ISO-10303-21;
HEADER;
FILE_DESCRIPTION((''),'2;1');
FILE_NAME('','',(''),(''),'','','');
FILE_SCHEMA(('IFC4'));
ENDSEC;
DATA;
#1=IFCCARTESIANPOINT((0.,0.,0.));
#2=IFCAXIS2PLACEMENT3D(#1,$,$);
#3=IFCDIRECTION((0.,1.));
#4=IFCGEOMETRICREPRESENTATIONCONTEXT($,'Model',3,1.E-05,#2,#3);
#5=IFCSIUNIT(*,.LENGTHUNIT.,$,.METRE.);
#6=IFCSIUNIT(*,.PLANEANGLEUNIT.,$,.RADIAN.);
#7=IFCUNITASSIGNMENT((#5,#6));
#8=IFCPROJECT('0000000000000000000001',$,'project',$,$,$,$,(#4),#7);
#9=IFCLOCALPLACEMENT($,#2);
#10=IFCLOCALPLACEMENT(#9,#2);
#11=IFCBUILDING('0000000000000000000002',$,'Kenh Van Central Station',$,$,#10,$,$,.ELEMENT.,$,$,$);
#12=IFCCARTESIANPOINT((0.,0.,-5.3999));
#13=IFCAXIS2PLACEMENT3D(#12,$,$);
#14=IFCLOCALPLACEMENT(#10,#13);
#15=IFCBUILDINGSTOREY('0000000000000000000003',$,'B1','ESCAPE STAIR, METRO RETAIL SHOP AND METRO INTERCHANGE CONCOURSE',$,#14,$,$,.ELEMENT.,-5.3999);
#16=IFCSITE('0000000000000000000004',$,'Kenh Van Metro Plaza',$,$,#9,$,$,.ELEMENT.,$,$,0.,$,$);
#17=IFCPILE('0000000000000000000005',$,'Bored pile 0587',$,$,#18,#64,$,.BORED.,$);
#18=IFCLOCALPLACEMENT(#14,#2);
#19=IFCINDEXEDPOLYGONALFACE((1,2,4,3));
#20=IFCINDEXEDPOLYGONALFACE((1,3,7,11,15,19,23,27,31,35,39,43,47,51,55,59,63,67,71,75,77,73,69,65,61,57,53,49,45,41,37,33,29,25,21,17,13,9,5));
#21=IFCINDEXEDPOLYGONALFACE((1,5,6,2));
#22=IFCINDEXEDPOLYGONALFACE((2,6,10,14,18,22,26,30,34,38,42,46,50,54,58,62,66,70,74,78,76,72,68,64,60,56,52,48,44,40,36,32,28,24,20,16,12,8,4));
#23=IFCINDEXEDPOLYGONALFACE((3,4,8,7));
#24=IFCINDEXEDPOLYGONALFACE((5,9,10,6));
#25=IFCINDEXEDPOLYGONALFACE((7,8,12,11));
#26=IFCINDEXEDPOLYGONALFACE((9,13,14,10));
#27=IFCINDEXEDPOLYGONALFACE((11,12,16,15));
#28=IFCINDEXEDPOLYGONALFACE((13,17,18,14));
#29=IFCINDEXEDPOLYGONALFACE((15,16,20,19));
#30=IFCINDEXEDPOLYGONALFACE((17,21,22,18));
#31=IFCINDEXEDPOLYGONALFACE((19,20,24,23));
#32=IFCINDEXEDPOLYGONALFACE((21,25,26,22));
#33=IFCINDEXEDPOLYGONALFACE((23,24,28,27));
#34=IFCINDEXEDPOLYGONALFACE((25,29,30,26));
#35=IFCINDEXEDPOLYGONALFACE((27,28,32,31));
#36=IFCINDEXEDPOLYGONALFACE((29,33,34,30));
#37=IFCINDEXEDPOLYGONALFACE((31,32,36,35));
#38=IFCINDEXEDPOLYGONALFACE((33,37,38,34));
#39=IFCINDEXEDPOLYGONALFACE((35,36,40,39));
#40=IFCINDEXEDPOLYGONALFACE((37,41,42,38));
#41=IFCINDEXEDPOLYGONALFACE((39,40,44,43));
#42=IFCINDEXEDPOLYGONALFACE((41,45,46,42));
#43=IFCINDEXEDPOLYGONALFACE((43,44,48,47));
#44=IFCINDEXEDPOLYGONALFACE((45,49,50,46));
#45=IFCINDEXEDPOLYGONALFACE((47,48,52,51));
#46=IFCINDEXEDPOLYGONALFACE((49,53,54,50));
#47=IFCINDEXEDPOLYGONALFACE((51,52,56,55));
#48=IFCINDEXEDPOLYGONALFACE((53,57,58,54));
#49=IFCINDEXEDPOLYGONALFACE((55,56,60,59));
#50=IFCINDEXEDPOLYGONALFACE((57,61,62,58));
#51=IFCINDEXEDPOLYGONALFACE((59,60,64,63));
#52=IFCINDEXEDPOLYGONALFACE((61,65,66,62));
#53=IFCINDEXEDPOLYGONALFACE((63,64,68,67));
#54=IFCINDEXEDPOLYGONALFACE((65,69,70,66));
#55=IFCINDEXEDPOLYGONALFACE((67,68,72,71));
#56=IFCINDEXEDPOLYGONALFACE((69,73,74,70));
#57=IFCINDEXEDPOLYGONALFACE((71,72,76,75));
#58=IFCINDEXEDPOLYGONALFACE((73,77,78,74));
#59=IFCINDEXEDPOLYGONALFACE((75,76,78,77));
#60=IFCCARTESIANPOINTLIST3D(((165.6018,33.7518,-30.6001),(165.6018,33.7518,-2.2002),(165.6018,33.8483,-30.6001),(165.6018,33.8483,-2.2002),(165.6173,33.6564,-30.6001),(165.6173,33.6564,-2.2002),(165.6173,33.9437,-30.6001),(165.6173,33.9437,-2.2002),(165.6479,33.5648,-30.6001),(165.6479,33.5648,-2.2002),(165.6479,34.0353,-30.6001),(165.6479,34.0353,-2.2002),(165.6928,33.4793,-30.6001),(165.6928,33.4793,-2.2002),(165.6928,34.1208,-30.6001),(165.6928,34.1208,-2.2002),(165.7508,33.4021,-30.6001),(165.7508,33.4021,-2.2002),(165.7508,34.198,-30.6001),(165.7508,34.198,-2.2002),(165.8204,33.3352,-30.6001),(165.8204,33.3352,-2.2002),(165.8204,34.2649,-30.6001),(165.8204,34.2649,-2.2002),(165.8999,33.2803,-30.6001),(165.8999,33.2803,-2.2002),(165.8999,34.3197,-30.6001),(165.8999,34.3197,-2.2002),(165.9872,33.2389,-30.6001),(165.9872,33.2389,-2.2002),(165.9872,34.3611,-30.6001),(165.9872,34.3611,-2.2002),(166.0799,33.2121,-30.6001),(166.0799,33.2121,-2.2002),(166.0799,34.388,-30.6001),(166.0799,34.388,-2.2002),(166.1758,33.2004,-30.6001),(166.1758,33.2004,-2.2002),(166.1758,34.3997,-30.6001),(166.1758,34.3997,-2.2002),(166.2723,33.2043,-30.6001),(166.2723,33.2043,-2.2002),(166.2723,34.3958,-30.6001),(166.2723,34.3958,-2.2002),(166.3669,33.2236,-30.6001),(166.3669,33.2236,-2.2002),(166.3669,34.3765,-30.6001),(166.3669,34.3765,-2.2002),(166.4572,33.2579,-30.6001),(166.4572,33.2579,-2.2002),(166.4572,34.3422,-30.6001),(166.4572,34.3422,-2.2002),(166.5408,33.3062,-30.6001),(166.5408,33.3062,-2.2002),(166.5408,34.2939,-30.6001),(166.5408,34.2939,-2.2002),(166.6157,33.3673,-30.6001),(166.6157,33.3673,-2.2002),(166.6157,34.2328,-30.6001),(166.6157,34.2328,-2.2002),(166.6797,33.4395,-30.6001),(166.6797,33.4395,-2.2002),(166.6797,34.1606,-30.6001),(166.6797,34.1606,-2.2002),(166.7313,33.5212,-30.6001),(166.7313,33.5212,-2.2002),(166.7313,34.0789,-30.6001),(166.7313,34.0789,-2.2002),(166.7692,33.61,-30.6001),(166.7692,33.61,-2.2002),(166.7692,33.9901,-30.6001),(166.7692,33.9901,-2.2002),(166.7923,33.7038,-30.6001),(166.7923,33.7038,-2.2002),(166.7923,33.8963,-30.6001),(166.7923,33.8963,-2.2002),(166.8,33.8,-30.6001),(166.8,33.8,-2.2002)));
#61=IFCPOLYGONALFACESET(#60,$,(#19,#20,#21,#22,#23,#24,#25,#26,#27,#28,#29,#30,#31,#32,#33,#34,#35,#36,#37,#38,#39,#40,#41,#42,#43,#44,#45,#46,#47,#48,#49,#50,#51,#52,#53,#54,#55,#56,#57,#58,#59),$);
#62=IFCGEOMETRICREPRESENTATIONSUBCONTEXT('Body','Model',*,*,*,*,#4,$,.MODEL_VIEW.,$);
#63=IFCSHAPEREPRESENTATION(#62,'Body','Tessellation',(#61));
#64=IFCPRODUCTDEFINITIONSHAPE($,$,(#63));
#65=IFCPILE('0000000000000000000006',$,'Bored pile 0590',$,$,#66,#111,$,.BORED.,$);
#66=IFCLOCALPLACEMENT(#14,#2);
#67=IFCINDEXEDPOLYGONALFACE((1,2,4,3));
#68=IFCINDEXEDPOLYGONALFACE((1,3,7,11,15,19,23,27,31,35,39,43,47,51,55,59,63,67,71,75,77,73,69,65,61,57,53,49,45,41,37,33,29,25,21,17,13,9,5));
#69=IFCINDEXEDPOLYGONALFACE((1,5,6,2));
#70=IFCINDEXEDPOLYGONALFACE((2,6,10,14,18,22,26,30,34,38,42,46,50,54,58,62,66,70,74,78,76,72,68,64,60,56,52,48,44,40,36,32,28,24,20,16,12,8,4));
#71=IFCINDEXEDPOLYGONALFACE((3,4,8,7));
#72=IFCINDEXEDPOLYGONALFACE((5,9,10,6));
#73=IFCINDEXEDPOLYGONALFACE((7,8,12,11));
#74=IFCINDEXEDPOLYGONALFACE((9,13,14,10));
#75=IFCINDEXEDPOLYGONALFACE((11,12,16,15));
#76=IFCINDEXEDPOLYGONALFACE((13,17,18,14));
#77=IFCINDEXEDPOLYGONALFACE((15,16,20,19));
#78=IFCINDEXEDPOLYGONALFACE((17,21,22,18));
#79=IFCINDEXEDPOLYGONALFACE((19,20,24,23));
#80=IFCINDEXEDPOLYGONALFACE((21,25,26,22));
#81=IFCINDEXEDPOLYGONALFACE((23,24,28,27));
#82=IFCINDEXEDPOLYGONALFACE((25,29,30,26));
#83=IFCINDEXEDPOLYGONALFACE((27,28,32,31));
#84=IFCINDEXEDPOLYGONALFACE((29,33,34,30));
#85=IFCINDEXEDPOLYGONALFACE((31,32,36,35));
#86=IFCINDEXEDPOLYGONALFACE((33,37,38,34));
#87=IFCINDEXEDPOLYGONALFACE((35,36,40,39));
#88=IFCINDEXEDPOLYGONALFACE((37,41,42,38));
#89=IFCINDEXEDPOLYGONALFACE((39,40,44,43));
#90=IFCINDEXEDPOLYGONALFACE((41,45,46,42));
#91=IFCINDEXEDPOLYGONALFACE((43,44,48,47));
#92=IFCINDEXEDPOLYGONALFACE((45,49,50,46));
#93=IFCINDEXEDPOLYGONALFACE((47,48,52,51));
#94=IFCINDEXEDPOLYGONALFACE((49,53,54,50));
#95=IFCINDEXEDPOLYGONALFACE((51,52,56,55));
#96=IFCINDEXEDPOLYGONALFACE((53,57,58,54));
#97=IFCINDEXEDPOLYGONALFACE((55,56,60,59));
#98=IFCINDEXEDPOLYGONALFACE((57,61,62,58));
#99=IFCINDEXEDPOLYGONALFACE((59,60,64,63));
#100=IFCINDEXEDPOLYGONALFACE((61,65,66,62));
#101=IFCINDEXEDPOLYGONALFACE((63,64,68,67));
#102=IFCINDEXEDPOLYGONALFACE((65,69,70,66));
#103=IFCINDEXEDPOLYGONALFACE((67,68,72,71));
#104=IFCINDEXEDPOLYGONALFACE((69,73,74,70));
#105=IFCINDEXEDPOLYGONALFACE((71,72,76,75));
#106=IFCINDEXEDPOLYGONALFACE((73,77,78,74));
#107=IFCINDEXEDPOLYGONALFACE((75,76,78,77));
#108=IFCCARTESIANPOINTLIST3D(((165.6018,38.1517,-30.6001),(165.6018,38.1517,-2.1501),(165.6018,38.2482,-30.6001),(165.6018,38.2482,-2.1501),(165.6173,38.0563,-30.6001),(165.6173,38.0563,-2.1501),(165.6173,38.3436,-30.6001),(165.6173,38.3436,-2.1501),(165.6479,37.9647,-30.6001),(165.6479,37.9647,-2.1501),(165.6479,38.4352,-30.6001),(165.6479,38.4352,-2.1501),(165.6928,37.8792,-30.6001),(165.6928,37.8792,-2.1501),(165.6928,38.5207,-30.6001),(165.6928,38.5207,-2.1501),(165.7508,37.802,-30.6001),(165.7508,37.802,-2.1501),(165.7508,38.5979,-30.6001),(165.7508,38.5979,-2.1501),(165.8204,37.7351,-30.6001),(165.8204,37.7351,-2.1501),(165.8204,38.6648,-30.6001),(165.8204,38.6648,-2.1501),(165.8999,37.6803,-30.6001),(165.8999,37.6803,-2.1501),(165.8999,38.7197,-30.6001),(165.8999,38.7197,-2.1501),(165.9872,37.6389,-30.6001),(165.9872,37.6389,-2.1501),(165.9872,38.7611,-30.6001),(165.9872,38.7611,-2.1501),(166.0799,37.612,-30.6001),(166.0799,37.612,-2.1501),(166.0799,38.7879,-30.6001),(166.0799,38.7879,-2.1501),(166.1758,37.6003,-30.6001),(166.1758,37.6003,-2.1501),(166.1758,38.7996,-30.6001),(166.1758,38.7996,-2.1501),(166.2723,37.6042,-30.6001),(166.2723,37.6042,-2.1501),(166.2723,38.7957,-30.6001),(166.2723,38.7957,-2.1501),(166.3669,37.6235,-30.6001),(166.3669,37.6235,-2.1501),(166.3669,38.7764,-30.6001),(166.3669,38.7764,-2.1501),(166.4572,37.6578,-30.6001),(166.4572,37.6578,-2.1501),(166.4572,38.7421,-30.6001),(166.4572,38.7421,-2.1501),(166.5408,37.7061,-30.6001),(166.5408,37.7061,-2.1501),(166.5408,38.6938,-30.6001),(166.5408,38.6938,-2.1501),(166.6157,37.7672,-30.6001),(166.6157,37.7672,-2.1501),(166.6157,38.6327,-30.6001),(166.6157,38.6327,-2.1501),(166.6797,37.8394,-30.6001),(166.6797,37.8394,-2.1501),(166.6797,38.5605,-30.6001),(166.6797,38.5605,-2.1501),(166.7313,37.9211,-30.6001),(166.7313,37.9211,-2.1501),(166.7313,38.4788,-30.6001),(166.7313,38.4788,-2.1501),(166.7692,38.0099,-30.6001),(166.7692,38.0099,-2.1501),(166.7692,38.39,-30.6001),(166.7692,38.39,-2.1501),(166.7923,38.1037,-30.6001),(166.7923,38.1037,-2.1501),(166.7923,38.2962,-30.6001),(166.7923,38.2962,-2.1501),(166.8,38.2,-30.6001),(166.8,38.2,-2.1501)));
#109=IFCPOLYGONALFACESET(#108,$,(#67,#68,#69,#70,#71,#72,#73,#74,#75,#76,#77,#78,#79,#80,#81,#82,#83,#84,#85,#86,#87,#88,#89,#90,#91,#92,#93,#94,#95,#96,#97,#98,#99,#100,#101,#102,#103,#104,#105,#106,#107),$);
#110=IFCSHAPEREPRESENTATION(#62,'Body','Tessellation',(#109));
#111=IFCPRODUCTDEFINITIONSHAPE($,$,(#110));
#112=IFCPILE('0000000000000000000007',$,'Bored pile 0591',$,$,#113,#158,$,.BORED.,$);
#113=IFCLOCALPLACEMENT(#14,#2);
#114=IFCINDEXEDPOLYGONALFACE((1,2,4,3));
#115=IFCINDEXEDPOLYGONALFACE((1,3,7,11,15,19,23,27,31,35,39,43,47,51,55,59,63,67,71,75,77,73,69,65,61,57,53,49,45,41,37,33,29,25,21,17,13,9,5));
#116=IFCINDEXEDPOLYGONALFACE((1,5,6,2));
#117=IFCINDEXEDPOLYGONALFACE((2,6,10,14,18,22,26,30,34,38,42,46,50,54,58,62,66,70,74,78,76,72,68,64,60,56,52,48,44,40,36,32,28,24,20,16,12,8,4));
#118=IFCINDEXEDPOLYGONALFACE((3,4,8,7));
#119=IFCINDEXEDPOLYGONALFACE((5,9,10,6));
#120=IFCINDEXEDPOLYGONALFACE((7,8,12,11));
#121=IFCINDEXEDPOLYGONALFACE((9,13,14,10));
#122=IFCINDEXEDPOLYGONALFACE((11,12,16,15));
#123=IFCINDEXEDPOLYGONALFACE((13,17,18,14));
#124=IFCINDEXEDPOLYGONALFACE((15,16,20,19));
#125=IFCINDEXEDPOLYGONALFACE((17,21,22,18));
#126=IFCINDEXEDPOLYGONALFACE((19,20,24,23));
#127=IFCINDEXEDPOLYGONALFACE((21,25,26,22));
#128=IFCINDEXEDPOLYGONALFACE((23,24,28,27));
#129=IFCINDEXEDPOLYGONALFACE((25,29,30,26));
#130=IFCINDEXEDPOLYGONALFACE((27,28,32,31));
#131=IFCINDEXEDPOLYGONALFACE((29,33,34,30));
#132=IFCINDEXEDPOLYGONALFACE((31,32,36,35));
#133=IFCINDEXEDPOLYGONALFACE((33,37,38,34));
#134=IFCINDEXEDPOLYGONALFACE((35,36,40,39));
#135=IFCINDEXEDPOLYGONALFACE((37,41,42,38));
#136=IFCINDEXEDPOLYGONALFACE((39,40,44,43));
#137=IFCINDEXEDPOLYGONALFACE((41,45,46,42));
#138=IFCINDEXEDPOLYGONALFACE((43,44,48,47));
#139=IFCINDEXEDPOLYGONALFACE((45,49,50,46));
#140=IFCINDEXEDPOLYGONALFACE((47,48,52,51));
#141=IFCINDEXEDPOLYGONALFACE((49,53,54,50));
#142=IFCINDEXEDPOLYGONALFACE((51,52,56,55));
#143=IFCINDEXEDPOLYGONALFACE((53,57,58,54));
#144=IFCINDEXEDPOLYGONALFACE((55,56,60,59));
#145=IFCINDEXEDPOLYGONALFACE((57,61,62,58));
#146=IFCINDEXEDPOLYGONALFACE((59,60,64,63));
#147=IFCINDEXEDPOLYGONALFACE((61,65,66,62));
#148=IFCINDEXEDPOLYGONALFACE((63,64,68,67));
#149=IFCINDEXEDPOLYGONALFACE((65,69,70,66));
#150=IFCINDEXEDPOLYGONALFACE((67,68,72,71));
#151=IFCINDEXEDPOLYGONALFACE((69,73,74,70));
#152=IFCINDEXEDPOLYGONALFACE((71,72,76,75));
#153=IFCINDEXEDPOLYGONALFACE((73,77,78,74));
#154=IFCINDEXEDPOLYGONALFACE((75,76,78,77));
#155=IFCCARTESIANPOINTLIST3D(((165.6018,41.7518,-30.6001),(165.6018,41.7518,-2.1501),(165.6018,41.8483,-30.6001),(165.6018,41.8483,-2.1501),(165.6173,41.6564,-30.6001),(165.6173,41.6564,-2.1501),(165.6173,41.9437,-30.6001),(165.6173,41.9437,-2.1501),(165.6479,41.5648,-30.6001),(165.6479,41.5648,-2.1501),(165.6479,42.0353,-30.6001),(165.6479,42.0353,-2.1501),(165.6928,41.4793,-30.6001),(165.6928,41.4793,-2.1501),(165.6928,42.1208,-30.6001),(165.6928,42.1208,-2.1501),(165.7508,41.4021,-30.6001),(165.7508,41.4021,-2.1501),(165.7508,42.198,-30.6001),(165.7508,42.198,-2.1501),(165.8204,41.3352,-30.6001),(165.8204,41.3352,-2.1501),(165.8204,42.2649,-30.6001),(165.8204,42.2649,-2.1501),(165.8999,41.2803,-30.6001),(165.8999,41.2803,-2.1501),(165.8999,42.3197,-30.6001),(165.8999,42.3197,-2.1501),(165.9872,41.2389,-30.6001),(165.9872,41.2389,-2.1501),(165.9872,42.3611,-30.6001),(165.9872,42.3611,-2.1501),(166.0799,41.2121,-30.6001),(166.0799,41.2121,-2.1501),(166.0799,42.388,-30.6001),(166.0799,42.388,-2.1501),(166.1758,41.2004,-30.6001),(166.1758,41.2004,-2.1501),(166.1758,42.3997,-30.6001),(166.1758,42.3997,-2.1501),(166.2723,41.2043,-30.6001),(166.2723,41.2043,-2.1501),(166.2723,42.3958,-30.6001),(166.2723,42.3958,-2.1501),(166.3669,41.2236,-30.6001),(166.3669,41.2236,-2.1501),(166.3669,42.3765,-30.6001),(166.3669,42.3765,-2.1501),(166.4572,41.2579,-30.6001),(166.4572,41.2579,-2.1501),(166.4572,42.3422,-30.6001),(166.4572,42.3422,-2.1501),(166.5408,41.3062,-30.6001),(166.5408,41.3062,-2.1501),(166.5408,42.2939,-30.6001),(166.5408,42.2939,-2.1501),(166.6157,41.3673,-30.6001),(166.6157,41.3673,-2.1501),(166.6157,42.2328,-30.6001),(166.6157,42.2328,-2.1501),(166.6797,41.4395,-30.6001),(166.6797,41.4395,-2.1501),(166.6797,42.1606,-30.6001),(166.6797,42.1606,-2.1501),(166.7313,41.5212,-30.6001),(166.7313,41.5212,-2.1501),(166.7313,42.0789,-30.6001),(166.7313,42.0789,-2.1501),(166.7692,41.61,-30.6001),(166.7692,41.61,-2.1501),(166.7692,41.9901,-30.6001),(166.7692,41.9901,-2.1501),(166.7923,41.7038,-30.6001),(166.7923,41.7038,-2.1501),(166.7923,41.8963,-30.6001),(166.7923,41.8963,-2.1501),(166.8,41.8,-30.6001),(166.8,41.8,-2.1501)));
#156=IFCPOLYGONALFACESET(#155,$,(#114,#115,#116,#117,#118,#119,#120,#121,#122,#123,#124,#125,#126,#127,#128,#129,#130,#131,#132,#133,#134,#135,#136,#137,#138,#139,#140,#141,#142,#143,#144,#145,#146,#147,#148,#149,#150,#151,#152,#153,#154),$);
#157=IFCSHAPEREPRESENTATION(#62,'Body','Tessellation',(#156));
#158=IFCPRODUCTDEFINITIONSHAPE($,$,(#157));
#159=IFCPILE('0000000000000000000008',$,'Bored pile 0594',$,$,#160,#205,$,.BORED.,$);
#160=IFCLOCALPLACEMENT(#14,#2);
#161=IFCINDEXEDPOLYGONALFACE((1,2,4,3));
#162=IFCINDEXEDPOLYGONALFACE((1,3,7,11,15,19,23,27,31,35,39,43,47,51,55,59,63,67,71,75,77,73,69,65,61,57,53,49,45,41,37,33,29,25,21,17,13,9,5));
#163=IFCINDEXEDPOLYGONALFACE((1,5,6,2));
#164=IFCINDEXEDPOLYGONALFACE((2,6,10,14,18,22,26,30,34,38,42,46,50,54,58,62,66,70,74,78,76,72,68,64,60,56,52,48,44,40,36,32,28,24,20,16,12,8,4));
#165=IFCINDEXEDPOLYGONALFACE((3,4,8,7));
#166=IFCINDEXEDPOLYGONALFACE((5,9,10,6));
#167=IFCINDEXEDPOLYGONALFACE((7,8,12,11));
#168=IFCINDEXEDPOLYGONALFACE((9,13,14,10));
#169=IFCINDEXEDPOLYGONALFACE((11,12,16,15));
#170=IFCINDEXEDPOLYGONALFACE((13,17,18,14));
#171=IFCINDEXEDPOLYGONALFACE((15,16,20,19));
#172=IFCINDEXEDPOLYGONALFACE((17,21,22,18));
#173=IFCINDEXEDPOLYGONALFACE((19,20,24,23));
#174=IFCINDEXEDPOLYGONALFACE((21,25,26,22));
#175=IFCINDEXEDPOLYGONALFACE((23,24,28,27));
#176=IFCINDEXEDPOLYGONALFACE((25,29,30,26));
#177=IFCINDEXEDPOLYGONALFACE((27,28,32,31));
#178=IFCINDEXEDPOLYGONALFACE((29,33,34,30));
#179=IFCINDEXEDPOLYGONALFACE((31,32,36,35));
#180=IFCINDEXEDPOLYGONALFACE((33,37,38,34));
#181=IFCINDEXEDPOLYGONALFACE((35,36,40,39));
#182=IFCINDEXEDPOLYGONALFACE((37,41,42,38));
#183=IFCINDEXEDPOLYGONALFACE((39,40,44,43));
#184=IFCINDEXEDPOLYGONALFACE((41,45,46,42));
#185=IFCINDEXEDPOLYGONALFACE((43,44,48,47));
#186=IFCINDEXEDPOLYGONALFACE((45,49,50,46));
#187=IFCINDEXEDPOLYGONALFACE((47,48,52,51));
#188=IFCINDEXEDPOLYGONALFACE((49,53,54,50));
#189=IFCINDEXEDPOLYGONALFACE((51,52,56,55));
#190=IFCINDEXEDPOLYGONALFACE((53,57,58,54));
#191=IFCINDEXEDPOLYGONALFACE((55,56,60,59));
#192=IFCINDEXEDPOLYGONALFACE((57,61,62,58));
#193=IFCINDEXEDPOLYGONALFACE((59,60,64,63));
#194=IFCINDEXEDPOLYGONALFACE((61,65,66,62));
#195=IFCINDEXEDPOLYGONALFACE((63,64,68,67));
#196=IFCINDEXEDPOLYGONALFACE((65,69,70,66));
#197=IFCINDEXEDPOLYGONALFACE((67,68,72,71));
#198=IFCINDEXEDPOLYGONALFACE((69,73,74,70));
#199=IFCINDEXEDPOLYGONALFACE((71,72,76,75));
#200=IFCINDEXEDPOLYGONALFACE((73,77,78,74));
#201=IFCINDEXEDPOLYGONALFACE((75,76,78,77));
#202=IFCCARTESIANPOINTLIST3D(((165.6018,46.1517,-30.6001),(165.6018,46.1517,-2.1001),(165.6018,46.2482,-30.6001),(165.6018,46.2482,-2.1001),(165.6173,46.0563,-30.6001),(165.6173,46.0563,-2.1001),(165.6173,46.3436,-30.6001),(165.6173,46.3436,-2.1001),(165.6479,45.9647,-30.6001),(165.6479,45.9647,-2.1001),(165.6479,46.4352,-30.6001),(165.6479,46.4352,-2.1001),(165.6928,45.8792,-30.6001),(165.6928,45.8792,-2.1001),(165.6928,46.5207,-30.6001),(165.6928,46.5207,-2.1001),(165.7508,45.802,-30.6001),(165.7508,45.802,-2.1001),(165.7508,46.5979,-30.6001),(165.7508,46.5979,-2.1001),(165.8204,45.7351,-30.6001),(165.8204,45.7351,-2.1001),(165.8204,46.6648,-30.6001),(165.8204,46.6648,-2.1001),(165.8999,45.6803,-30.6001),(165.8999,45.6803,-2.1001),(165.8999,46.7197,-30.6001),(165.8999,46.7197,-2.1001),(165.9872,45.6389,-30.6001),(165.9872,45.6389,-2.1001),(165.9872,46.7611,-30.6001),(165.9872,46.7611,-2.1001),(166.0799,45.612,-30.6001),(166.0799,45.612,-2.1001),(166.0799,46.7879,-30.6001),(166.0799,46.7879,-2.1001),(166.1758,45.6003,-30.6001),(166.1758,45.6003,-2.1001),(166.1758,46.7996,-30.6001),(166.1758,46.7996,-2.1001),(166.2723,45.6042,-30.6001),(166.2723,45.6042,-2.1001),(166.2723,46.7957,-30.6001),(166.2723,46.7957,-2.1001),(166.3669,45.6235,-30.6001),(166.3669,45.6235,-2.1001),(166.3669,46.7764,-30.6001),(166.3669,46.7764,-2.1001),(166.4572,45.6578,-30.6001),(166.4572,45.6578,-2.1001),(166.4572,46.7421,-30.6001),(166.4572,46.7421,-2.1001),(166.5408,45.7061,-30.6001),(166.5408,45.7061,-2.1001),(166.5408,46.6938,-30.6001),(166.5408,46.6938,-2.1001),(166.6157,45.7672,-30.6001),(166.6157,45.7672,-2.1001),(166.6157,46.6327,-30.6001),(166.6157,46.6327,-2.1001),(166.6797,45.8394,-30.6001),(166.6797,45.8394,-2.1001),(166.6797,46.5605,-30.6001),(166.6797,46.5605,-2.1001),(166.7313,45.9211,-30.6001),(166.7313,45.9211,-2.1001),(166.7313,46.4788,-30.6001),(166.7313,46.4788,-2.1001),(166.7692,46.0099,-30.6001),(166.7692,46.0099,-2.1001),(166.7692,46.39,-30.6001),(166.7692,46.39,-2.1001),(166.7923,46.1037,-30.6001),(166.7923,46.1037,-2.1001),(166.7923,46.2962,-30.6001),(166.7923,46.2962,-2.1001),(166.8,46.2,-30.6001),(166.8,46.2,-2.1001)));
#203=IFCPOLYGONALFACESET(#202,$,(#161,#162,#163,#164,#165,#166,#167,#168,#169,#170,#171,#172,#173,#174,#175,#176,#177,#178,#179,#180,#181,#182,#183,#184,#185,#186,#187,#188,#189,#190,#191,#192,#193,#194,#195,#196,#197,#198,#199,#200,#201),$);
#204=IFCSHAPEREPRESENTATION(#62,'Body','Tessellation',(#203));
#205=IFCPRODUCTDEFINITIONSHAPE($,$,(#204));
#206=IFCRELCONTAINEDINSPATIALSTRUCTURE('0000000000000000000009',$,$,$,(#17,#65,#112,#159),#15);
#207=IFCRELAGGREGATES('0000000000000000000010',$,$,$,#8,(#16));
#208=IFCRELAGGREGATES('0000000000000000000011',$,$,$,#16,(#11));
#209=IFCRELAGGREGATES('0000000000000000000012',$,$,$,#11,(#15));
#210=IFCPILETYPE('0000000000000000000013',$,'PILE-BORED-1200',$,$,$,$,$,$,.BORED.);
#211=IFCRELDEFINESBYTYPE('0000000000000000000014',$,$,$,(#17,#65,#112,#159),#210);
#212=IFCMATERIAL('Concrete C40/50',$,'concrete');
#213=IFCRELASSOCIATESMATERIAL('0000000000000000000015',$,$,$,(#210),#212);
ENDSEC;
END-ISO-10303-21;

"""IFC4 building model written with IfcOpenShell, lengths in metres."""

from ifc_helpers import new_model, si_unit, direction, frame, origin, origin_2d, place, context, subcontext, project, spatial, circle, extrude, material, material_profile, profile_set, type_object, element, save


model = new_model("IFC4")

# Units and contexts
model_context = context("Model", 3, precision=1e-05, world=origin(), true_north=direction((0.0, 1.0)))
body_context = subcontext(model_context, "Body", "Model", "MODEL_VIEW")
ifc_project = project(units=[si_unit("LENGTHUNIT", "METRE"), si_unit("PLANEANGLEUNIT", "RADIAN")], contexts=[model_context])

# Site, building, storey
site_placement = place(None, origin())
site = spatial("IfcSite", under=ifc_project, at=site_placement, Name="Kenh Van Metro Plaza", CompositionType="ELEMENT", RefElevation=0.0)
building_placement = place(site_placement, origin())
building = spatial("IfcBuilding", under=site, at=building_placement, Name="Kenh Van Central Station", CompositionType="ELEMENT")
storey_placement = place(building_placement, frame((0.0, 0.0, -5.3999)))
storey = spatial("IfcBuildingStorey", under=building, at=storey_placement, Name="B1", Description="ESCAPE STAIR, METRO RETAIL SHOP AND METRO INTERCHANGE CONCOURSE", CompositionType="ELEMENT", Elevation=-5.3999)

# Shared definitions
ifc_material_1 = material(Name="Concrete C40/50", Category="concrete")

# Piles
ifc_material_profile_1 = material_profile(ifc_material_1, circle(Radius=0.6001, at=origin_2d()), Name="PILE D1200")
ifc_profile_set_1 = profile_set([ifc_material_profile_1], Name="Concrete C40/50")
pile_type = type_object("IfcPileType", Name="PILE-BORED-1200", PredefinedType="BORED", material=ifc_profile_set_1)
for number, where, z_axis, x_axis, name in (
    (1, (166.2, 33.8, -2.2002), (0.0, 0.0, -1.0), (1.0, 0.0, 0.0), "Bored pile 0587"),
):
    element("IfcPile", number, at=place(storey_placement, frame(where, z_axis=z_axis, x_axis=x_axis)), inside=storey, type_object=pile_type, Name=name, PredefinedType="BORED", context=body_context, shape_type="SweptSolid", body=[
        extrude(circle(Radius=0.6001, at=origin_2d()), origin(), (0.0, 0.0, 1.0), 28.3999),
    ])
for number, where, z_axis, x_axis, name in (
    (2, (166.2, 38.2, -2.1501), (0.0, 0.0, -1.0), (1.0, 0.0, 0.0), "Bored pile 0590"),
    (3, (166.2, 41.8, -2.1501), (0.0, 0.0, -1.0), (1.0, 0.0, 0.0), "Bored pile 0591"),
):
    element("IfcPile", number, at=place(storey_placement, frame(where, z_axis=z_axis, x_axis=x_axis)), inside=storey, type_object=pile_type, Name=name, PredefinedType="BORED", context=body_context, shape_type="SweptSolid", body=[
        extrude(circle(Radius=0.6001, at=origin_2d()), origin(), (0.0, 0.0, 1.0), 28.45),
    ])
pile_1_placement = place(storey_placement, frame((166.2, 46.2, -2.1001), z_axis=(0.0, 0.0, -1.0), x_axis=(1.0, 0.0, 0.0)))
element("IfcPile", 4, at=pile_1_placement, inside=storey, type_object=pile_type, Name="Bored pile 0594", PredefinedType="BORED", context=body_context, shape_type="SweptSolid", body=[
    extrude(circle(Radius=0.6001, at=origin_2d()), origin(), (0.0, 0.0, 1.0), 28.5),
])

save(model, "model.ifc")
